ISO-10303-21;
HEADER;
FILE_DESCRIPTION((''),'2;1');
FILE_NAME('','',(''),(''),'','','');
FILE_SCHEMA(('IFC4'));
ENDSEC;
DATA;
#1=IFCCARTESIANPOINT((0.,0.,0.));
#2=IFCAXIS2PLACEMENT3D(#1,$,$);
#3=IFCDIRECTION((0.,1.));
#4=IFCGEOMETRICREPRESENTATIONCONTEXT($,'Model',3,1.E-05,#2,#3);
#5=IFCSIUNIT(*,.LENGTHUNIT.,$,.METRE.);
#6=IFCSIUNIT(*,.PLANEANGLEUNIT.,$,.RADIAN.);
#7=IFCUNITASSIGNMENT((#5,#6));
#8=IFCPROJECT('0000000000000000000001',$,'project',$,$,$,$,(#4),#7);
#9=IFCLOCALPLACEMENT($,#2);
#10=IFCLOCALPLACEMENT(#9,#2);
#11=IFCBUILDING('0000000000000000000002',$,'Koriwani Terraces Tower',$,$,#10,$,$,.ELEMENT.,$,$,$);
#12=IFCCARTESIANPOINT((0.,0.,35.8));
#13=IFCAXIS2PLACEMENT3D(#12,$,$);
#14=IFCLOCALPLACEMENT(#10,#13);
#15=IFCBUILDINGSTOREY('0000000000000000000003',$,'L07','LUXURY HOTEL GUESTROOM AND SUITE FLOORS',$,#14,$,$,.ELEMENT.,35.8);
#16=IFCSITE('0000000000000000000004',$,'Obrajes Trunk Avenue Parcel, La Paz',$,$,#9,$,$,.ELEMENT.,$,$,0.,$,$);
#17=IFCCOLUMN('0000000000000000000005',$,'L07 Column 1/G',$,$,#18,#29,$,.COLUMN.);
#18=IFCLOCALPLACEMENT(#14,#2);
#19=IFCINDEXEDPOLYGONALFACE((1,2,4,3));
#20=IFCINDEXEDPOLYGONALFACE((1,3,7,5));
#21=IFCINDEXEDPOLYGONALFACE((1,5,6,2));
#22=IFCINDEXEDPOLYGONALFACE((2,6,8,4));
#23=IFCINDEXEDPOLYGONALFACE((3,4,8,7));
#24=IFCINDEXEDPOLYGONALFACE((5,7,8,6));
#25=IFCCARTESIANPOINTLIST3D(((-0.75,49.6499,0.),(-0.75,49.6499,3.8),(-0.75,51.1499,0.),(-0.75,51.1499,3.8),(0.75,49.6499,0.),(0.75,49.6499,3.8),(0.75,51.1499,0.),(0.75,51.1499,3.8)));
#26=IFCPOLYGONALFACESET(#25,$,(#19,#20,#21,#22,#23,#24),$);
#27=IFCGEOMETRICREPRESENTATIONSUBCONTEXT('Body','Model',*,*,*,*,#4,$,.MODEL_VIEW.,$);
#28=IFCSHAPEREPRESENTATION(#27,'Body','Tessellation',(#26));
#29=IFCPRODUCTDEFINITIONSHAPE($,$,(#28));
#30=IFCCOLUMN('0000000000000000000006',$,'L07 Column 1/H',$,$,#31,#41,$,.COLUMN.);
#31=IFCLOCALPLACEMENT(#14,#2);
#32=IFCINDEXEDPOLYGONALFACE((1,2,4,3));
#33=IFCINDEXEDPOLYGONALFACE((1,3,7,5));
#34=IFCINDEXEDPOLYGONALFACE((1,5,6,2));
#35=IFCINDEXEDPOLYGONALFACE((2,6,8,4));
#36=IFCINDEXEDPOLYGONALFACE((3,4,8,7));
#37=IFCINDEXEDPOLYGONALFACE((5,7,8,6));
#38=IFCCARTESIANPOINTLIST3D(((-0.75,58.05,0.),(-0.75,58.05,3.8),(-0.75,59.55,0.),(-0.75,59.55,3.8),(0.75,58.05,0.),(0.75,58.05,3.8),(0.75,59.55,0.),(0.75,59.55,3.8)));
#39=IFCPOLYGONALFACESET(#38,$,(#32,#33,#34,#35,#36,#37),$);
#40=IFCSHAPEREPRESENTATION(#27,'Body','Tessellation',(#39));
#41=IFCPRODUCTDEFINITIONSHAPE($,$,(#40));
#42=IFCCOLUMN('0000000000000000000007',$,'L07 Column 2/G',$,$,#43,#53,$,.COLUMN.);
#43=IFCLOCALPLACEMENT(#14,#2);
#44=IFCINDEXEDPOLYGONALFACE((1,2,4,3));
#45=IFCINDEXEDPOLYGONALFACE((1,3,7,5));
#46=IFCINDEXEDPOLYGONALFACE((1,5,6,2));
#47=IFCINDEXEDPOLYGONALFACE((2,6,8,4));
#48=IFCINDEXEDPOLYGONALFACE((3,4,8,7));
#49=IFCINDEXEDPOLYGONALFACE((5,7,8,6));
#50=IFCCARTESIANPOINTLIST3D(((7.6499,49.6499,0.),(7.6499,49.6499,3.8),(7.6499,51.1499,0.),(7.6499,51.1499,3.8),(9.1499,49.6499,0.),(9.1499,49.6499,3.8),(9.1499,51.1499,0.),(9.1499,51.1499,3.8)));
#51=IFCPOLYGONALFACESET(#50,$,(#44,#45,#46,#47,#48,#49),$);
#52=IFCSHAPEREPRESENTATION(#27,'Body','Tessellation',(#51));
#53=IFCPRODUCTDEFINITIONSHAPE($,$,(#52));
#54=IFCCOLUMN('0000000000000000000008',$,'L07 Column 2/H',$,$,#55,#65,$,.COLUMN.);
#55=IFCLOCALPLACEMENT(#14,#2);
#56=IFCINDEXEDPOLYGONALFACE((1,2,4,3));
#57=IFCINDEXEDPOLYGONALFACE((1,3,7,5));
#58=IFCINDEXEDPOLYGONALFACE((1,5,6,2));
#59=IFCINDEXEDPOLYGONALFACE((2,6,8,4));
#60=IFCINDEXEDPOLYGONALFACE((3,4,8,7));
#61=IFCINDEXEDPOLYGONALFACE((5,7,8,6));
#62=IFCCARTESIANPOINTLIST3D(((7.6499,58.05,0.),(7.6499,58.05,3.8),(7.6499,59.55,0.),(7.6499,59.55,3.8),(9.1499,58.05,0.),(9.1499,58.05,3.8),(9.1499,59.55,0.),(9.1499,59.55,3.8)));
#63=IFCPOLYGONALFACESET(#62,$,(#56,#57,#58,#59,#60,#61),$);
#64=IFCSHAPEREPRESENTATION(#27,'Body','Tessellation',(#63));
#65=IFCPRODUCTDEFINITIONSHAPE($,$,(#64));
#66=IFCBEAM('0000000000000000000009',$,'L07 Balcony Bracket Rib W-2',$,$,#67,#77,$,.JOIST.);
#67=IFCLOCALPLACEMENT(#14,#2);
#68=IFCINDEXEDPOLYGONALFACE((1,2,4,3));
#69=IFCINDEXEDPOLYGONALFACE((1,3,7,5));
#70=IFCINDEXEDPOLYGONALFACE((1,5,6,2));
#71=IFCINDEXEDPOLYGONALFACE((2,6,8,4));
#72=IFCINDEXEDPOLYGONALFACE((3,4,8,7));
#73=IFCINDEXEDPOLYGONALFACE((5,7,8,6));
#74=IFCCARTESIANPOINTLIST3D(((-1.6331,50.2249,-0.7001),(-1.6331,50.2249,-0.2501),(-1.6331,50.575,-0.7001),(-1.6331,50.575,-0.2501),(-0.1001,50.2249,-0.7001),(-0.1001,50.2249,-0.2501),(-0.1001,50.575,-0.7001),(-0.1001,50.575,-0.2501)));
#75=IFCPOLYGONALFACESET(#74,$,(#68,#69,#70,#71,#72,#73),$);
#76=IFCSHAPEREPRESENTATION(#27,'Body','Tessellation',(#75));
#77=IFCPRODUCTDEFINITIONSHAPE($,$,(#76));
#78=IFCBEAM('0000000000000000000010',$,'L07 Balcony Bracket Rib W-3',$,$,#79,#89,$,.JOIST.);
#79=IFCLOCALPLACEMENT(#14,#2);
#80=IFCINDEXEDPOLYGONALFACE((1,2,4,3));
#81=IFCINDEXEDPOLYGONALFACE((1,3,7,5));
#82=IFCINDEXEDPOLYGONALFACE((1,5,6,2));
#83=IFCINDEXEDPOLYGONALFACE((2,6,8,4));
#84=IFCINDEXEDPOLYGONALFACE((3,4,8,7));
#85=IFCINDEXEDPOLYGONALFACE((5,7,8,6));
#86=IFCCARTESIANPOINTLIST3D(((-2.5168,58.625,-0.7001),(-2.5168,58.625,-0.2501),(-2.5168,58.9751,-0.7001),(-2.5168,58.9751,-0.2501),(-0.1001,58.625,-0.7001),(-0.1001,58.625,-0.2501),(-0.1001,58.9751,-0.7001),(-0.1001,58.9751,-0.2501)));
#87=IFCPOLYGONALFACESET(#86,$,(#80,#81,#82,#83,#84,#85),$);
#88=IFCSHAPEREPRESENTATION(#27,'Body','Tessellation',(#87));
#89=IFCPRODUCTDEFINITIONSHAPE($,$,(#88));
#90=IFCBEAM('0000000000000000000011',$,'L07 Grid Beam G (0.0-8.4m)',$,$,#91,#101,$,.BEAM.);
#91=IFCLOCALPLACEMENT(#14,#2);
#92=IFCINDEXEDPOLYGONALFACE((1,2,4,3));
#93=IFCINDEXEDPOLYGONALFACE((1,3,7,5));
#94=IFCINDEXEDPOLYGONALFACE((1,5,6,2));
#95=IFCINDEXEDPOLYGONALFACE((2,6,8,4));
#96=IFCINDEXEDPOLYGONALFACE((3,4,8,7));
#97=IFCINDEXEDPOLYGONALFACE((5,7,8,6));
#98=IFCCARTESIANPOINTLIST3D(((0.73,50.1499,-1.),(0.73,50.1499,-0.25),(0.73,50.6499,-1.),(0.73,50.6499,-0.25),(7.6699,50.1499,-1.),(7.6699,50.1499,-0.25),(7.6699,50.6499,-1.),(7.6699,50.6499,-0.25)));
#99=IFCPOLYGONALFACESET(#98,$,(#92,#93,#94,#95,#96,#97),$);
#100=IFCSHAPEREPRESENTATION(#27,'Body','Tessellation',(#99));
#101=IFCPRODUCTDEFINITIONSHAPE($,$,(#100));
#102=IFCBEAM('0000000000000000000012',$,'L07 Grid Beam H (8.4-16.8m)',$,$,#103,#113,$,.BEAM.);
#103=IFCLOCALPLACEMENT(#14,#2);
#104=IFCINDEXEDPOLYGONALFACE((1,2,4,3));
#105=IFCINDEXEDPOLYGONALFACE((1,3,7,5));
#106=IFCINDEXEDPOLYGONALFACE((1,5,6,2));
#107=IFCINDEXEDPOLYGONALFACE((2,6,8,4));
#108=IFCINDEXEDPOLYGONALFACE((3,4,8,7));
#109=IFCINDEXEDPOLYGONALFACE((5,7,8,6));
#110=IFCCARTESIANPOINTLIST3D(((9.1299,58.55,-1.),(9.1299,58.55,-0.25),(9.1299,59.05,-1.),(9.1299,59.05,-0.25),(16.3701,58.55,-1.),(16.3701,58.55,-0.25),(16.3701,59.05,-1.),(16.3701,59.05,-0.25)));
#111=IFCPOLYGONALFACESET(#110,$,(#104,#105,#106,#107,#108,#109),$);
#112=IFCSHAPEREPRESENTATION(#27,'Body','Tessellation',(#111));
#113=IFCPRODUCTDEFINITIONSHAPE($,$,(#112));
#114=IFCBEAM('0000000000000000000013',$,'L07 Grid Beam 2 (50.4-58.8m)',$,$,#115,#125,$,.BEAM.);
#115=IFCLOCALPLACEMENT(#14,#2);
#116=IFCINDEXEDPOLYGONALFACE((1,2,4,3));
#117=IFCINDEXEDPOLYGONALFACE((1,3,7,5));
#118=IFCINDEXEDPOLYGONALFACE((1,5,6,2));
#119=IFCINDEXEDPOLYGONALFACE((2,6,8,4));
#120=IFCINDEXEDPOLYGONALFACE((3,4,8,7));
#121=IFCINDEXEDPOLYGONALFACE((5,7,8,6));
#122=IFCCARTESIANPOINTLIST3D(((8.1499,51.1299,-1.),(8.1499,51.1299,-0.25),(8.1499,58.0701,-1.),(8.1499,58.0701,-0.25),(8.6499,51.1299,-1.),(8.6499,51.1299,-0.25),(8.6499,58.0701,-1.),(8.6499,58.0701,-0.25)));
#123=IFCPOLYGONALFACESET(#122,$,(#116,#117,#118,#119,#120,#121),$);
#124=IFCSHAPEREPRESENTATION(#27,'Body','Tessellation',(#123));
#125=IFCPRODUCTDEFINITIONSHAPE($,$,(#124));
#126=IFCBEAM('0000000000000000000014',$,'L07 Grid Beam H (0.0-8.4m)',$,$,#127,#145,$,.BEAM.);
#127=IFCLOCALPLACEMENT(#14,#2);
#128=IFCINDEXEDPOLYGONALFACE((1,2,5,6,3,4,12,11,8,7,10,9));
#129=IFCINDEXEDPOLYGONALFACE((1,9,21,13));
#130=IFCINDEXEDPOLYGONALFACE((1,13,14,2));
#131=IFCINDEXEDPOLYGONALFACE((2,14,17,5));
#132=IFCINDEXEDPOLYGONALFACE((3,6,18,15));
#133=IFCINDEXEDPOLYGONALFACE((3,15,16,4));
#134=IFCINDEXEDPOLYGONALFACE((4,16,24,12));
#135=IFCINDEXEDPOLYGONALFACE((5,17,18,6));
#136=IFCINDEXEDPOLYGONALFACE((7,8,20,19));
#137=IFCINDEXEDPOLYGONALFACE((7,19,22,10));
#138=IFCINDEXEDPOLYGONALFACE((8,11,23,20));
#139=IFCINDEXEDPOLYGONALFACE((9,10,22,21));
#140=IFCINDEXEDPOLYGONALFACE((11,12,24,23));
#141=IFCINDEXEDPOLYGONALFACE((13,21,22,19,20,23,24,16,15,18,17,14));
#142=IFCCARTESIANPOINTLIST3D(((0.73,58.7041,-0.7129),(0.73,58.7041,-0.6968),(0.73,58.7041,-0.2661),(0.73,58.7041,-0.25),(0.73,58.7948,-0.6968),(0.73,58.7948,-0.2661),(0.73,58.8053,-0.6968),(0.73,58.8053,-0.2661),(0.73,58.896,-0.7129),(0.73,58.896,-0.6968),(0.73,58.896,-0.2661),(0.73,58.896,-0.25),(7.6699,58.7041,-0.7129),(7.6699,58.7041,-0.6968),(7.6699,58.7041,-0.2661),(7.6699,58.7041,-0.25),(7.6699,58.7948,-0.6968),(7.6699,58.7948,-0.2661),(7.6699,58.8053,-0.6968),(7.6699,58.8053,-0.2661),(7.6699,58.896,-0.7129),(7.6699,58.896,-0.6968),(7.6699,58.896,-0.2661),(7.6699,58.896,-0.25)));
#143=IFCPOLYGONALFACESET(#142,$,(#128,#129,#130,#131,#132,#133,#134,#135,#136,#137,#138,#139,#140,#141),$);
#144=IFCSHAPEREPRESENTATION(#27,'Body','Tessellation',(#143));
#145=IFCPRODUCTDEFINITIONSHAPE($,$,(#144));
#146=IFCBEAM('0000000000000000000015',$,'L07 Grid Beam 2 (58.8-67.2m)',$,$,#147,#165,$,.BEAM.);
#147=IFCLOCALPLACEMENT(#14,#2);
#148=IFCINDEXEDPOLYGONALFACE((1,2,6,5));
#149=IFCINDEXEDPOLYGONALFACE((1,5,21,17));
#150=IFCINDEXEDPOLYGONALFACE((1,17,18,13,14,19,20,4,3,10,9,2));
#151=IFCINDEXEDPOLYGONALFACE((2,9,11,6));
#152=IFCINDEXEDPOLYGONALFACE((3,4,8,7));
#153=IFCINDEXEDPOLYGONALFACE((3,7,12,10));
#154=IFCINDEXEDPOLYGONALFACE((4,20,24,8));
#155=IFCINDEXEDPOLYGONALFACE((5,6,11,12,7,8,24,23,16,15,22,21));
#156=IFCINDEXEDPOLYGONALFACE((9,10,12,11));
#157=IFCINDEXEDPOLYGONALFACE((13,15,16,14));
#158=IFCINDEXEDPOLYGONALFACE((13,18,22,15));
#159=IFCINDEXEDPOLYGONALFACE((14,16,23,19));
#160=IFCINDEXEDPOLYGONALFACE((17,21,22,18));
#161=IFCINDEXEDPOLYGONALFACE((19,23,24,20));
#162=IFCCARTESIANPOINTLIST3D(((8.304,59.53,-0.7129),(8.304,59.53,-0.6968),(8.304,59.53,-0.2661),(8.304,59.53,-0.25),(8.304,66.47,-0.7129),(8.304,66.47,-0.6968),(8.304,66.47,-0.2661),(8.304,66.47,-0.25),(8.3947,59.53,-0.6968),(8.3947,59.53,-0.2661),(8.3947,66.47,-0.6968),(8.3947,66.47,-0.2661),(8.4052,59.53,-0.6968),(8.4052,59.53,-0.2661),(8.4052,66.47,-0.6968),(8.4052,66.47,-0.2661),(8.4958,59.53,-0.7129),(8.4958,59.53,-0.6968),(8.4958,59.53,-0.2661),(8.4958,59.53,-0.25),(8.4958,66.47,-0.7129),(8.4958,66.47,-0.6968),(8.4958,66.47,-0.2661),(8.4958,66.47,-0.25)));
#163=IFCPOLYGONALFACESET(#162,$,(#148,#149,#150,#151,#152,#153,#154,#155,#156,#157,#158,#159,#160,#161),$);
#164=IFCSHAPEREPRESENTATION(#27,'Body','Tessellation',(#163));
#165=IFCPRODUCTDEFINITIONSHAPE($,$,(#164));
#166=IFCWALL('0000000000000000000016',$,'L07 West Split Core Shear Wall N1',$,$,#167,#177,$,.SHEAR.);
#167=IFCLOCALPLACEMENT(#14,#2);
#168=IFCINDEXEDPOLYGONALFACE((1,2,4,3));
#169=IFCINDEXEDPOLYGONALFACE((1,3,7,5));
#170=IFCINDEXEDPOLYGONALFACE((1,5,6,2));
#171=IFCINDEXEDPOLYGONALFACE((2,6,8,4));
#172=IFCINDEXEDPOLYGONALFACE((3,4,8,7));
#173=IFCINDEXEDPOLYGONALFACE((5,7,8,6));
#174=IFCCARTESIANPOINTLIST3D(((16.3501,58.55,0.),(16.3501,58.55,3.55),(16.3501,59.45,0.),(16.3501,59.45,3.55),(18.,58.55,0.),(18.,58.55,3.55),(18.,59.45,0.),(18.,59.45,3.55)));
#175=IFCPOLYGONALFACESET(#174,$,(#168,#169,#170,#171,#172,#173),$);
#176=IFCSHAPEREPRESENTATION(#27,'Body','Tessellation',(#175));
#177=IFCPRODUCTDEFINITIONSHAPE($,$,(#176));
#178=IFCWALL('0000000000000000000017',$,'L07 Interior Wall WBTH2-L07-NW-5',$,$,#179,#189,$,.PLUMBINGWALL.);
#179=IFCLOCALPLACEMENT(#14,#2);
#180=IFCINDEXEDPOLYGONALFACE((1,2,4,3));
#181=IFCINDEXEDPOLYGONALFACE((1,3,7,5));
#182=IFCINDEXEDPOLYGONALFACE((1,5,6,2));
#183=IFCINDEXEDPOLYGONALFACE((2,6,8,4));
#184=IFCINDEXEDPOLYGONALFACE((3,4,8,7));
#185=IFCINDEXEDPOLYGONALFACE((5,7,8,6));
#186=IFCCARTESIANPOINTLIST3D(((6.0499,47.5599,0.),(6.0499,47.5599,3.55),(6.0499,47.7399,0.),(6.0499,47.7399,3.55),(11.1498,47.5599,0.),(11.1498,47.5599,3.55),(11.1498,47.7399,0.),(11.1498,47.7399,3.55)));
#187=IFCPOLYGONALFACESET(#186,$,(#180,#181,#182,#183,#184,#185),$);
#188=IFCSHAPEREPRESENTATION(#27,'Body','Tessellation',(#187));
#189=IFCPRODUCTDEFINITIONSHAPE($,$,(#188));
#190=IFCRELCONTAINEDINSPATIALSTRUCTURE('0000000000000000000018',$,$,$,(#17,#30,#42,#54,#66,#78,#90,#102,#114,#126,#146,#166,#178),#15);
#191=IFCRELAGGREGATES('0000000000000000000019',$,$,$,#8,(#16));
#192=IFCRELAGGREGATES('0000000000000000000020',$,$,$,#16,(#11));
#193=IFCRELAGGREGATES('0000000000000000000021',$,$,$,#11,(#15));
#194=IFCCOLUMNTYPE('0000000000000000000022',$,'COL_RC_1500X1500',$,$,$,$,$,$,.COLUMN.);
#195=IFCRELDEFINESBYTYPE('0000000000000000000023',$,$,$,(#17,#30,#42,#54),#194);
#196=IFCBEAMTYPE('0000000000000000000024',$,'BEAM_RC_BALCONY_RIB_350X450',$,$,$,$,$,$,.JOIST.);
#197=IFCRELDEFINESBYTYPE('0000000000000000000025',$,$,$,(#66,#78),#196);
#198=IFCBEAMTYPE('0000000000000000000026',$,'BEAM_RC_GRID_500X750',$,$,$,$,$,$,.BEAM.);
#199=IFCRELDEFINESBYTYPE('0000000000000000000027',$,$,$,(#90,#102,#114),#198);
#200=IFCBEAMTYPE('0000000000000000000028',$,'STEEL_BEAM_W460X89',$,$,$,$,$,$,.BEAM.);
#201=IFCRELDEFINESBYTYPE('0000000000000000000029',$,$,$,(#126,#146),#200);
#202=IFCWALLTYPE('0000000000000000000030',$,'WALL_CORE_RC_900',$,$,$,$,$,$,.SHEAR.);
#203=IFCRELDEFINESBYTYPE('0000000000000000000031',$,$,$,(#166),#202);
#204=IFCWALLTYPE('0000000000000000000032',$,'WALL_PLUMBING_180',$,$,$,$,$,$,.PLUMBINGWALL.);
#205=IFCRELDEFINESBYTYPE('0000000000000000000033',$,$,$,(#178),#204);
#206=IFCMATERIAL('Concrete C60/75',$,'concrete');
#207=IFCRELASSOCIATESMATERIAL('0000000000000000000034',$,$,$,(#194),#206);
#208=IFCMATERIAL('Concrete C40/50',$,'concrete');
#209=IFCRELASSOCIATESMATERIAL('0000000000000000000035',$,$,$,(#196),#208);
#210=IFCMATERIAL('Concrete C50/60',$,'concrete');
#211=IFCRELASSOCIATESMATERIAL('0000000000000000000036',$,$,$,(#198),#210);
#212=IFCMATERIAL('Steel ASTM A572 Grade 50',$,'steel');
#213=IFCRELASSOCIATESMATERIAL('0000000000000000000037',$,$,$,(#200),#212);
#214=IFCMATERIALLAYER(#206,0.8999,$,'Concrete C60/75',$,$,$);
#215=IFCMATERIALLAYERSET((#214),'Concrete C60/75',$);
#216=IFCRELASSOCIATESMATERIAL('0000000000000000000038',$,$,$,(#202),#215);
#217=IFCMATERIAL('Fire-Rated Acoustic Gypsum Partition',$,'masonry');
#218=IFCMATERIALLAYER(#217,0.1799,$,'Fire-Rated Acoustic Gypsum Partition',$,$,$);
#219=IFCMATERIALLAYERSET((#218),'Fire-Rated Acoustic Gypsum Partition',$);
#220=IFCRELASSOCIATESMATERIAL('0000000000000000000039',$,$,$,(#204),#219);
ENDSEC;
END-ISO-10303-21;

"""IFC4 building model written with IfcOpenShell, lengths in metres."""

from ifc_helpers import new_model, si_unit, direction, frame, frame_2d, origin, origin_2d, place, context, subcontext, project, spatial, rectangle, i_section, extrude, material, layer, layer_set, material_profile, profile_set, type_object, element, save


model = new_model("IFC4")

# Units and contexts
model_context = context("Model", 3, precision=1e-05, world=origin(), true_north=direction((0.0, 1.0)))
body_context = subcontext(model_context, "Body", "Model", "MODEL_VIEW")
ifc_project = project(units=[si_unit("LENGTHUNIT", "METRE"), si_unit("PLANEANGLEUNIT", "RADIAN")], contexts=[model_context])

# Site, building, storey
site_placement = place(None, origin())
site = spatial("IfcSite", under=ifc_project, at=site_placement, Name="Obrajes Trunk Avenue Parcel, La Paz", CompositionType="ELEMENT", RefElevation=0.0)
building_placement = place(site_placement, origin())
building = spatial("IfcBuilding", under=site, at=building_placement, Name="Koriwani Terraces Tower", CompositionType="ELEMENT")
storey_placement = place(building_placement, frame((0.0, 0.0, 35.8)))
storey = spatial("IfcBuildingStorey", under=building, at=storey_placement, Name="L07", Description="LUXURY HOTEL GUESTROOM AND SUITE FLOORS", CompositionType="ELEMENT", Elevation=35.8)

# Columns
ifc_material_1 = material(Name="Concrete C60/75", Category="concrete")
ifc_material_profile_1 = material_profile(ifc_material_1, rectangle(XDim=1.5, YDim=1.5, at=origin_2d()), Name="Concrete C60/75", Category="LoadBearing")
ifc_profile_set_1 = profile_set([ifc_material_profile_1], Name="Concrete C60/75")
column_type = type_object("IfcColumnType", Name="COL_RC_1500X1500", PredefinedType="COLUMN", material=ifc_profile_set_1)
for number, where, z_axis, x_axis, name in (
    (1, (0.0, 50.3999, 0.0), (0.0, 0.0, 1.0), (1.0, 0.0, 0.0), "L07 Column 1/G"),
    (2, (0.0, 58.8, 0.0), (0.0, 0.0, 1.0), (1.0, 0.0, 0.0), "L07 Column 1/H"),
    (3, (8.3999, 50.3999, 0.0), (0.0, 0.0, 1.0), (1.0, 0.0, 0.0), "L07 Column 2/G"),
    (4, (8.3999, 58.8, 0.0), (0.0, 0.0, 1.0), (1.0, 0.0, 0.0), "L07 Column 2/H"),
):
    element("IfcColumn", number, at=place(storey_placement, frame(where, z_axis=z_axis, x_axis=x_axis)), inside=storey, type_object=column_type, Name=name, PredefinedType="COLUMN", context=body_context, shape_type="SweptSolid", body=[
        extrude(rectangle(XDim=1.5, YDim=1.5, at=origin_2d()), origin(), (0.0, 0.0, 1.0), 3.8),
    ])

# Beams
ifc_material_2 = material(Name="Concrete C40/50", Category="concrete")
ifc_material_profile_2 = material_profile(ifc_material_2, rectangle(XDim=0.3501, YDim=0.45, at=origin_2d()), Name="Concrete C40/50", Category="LoadBearing")
ifc_profile_set_2 = profile_set([ifc_material_profile_2], Name="Concrete C40/50")
beam_type_1 = type_object("IfcBeamType", Name="BEAM_RC_BALCONY_RIB_350X450", PredefinedType="JOIST", material=ifc_profile_set_2)
beam_1_placement = place(storey_placement, frame((-1.6331, 50.3999, -0.4751), z_axis=(1.0, 0.0, 0.0), x_axis=(0.0, 1.0, 0.0)))
element("IfcBeam", 5, at=beam_1_placement, inside=storey, type_object=beam_type_1, Name="L07 Balcony Bracket Rib W-2", PredefinedType="JOIST", context=body_context, shape_type="SweptSolid", body=[
    extrude(rectangle(XDim=0.3501, YDim=0.45, at=origin_2d()), origin(), (0.0, 0.0, 1.0), 1.533),
])
beam_2_placement = place(storey_placement, frame((-2.5168, 58.8, -0.4751), z_axis=(1.0, 0.0, 0.0), x_axis=(0.0, 1.0, 0.0)))
element("IfcBeam", 6, at=beam_2_placement, inside=storey, type_object=beam_type_1, Name="L07 Balcony Bracket Rib W-3", PredefinedType="JOIST", context=body_context, shape_type="SweptSolid", body=[
    extrude(rectangle(XDim=0.3501, YDim=0.45, at=origin_2d()), origin(), (0.0, 0.0, 1.0), 2.4167),
])
ifc_material_3 = material(Name="Concrete C50/60", Category="concrete")
ifc_material_profile_3 = material_profile(ifc_material_3, rectangle(XDim=0.5, YDim=0.75, at=origin_2d()), Name="Concrete C50/60", Category="LoadBearing")
ifc_profile_set_3 = profile_set([ifc_material_profile_3], Name="Concrete C50/60")
beam_type_2 = type_object("IfcBeamType", Name="BEAM_RC_GRID_500X750", PredefinedType="BEAM", material=ifc_profile_set_3)
beam_3_placement = place(storey_placement, frame((0.73, 50.3999, -0.625), z_axis=(1.0, 0.0, 0.0), x_axis=(0.0, 1.0, 0.0)))
element("IfcBeam", 7, at=beam_3_placement, inside=storey, type_object=beam_type_2, Name="L07 Grid Beam G (0.0-8.4m)", PredefinedType="BEAM", context=body_context, shape_type="SweptSolid", body=[
    extrude(rectangle(XDim=0.5, YDim=0.75, at=origin_2d()), origin(), (0.0, 0.0, 1.0), 6.9399),
])
beam_4_placement = place(storey_placement, frame((9.1299, 58.8, -0.625), z_axis=(1.0, 0.0, 0.0), x_axis=(0.0, 1.0, 0.0)))
element("IfcBeam", 8, at=beam_4_placement, inside=storey, type_object=beam_type_2, Name="L07 Grid Beam H (8.4-16.8m)", PredefinedType="BEAM", context=body_context, shape_type="SweptSolid", body=[
    extrude(rectangle(XDim=0.5, YDim=0.75, at=origin_2d()), origin(), (0.0, 0.0, 1.0), 7.2402),
])
beam_5_placement = place(storey_placement, frame((8.3999, 51.1299, -0.625), z_axis=(0.0, 1.0, 0.0), x_axis=(-1.0, 0.0, 0.0)))
element("IfcBeam", 9, at=beam_5_placement, inside=storey, type_object=beam_type_2, Name="L07 Grid Beam 2 (50.4-58.8m)", PredefinedType="BEAM", context=body_context, shape_type="SweptSolid", body=[
    extrude(rectangle(XDim=0.5, YDim=0.75, at=origin_2d()), origin(), (0.0, 0.0, 1.0), 6.9402),
])
ifc_material_4 = material(Name="Steel ASTM A572 Grade 50", Category="steel")
ifc_material_profile_4 = material_profile(ifc_material_4, i_section(OverallWidth=0.1919, OverallDepth=0.4629, WebThickness=0.0105, FlangeThickness=0.0161, at=origin_2d()), Name="Steel ASTM A572 Grade 50", Category="LoadBearing")
ifc_profile_set_4 = profile_set([ifc_material_profile_4], Name="Steel ASTM A572 Grade 50")
beam_type_3 = type_object("IfcBeamType", Name="STEEL_BEAM_W460X89", PredefinedType="BEAM", material=ifc_profile_set_4)
for number, where, z_axis, x_axis, name in (
    (10, (0.73, 58.8, -0.4814), (1.0, 0.0, 0.0), (0.0, 1.0, 0.0), "L07 Grid Beam H (0.0-8.4m)"),
    (11, (8.3999, 59.53, -0.4814), (0.0, 1.0, 0.0), (-1.0, 0.0, 0.0), "L07 Grid Beam 2 (58.8-67.2m)"),
):
    element("IfcBeam", number, at=place(storey_placement, frame(where, z_axis=z_axis, x_axis=x_axis)), inside=storey, type_object=beam_type_3, Name=name, PredefinedType="BEAM", context=body_context, shape_type="SweptSolid", body=[
        extrude(i_section(OverallWidth=0.1919, OverallDepth=0.4629, WebThickness=0.0105, FlangeThickness=0.0161, at=origin_2d()), origin(), (0.0, 0.0, 1.0), 6.9399),
    ])

# Walls
ifc_layer_1 = layer(ifc_material_1, 0.8999, Name="Concrete C60/75")
ifc_layer_set_1 = layer_set([ifc_layer_1], Name="Concrete C60/75")
wall_type_1 = type_object("IfcWallType", Name="WALL_CORE_RC_900", PredefinedType="SHEAR", material=ifc_layer_set_1)
wall_1_placement = place(storey_placement, frame((16.3501, 59.0, 0.0), z_axis=(0.0, 0.0, 1.0), x_axis=(1.0, 0.0, 0.0)))
element("IfcWall", 12, at=wall_1_placement, inside=storey, type_object=wall_type_1, Name="L07 West Split Core Shear Wall N1", PredefinedType="SHEAR", context=body_context, shape_type="SweptSolid", body=[
    extrude(rectangle(XDim=1.6499, YDim=0.8999, at=frame_2d((0.825, 0.0))), origin(), (0.0, 0.0, 1.0), 3.55),
])
ifc_material_5 = material(Name="Fire-Rated Acoustic Gypsum Partition", Category="masonry")
ifc_layer_2 = layer(ifc_material_5, 0.1799, Name="Fire-Rated Acoustic Gypsum Partition")
ifc_layer_set_2 = layer_set([ifc_layer_2], Name="Fire-Rated Acoustic Gypsum Partition")
wall_type_2 = type_object("IfcWallType", Name="WALL_PLUMBING_180", PredefinedType="PLUMBINGWALL", material=ifc_layer_set_2)
wall_2_placement = place(storey_placement, frame((6.05, 47.6499, 0.0), z_axis=(0.0, 0.0, 1.0), x_axis=(1.0, 0.0, 0.0)))
element("IfcWall", 13, at=wall_2_placement, inside=storey, type_object=wall_type_2, Name="L07 Interior Wall WBTH2-L07-NW-5", PredefinedType="PLUMBINGWALL", context=body_context, shape_type="SweptSolid", body=[
    extrude(rectangle(XDim=5.0999, YDim=0.1799, at=frame_2d((2.5498, 0.0))), origin(), (0.0, 0.0, 1.0), 3.55),
])

save(model, "model.ifc")
